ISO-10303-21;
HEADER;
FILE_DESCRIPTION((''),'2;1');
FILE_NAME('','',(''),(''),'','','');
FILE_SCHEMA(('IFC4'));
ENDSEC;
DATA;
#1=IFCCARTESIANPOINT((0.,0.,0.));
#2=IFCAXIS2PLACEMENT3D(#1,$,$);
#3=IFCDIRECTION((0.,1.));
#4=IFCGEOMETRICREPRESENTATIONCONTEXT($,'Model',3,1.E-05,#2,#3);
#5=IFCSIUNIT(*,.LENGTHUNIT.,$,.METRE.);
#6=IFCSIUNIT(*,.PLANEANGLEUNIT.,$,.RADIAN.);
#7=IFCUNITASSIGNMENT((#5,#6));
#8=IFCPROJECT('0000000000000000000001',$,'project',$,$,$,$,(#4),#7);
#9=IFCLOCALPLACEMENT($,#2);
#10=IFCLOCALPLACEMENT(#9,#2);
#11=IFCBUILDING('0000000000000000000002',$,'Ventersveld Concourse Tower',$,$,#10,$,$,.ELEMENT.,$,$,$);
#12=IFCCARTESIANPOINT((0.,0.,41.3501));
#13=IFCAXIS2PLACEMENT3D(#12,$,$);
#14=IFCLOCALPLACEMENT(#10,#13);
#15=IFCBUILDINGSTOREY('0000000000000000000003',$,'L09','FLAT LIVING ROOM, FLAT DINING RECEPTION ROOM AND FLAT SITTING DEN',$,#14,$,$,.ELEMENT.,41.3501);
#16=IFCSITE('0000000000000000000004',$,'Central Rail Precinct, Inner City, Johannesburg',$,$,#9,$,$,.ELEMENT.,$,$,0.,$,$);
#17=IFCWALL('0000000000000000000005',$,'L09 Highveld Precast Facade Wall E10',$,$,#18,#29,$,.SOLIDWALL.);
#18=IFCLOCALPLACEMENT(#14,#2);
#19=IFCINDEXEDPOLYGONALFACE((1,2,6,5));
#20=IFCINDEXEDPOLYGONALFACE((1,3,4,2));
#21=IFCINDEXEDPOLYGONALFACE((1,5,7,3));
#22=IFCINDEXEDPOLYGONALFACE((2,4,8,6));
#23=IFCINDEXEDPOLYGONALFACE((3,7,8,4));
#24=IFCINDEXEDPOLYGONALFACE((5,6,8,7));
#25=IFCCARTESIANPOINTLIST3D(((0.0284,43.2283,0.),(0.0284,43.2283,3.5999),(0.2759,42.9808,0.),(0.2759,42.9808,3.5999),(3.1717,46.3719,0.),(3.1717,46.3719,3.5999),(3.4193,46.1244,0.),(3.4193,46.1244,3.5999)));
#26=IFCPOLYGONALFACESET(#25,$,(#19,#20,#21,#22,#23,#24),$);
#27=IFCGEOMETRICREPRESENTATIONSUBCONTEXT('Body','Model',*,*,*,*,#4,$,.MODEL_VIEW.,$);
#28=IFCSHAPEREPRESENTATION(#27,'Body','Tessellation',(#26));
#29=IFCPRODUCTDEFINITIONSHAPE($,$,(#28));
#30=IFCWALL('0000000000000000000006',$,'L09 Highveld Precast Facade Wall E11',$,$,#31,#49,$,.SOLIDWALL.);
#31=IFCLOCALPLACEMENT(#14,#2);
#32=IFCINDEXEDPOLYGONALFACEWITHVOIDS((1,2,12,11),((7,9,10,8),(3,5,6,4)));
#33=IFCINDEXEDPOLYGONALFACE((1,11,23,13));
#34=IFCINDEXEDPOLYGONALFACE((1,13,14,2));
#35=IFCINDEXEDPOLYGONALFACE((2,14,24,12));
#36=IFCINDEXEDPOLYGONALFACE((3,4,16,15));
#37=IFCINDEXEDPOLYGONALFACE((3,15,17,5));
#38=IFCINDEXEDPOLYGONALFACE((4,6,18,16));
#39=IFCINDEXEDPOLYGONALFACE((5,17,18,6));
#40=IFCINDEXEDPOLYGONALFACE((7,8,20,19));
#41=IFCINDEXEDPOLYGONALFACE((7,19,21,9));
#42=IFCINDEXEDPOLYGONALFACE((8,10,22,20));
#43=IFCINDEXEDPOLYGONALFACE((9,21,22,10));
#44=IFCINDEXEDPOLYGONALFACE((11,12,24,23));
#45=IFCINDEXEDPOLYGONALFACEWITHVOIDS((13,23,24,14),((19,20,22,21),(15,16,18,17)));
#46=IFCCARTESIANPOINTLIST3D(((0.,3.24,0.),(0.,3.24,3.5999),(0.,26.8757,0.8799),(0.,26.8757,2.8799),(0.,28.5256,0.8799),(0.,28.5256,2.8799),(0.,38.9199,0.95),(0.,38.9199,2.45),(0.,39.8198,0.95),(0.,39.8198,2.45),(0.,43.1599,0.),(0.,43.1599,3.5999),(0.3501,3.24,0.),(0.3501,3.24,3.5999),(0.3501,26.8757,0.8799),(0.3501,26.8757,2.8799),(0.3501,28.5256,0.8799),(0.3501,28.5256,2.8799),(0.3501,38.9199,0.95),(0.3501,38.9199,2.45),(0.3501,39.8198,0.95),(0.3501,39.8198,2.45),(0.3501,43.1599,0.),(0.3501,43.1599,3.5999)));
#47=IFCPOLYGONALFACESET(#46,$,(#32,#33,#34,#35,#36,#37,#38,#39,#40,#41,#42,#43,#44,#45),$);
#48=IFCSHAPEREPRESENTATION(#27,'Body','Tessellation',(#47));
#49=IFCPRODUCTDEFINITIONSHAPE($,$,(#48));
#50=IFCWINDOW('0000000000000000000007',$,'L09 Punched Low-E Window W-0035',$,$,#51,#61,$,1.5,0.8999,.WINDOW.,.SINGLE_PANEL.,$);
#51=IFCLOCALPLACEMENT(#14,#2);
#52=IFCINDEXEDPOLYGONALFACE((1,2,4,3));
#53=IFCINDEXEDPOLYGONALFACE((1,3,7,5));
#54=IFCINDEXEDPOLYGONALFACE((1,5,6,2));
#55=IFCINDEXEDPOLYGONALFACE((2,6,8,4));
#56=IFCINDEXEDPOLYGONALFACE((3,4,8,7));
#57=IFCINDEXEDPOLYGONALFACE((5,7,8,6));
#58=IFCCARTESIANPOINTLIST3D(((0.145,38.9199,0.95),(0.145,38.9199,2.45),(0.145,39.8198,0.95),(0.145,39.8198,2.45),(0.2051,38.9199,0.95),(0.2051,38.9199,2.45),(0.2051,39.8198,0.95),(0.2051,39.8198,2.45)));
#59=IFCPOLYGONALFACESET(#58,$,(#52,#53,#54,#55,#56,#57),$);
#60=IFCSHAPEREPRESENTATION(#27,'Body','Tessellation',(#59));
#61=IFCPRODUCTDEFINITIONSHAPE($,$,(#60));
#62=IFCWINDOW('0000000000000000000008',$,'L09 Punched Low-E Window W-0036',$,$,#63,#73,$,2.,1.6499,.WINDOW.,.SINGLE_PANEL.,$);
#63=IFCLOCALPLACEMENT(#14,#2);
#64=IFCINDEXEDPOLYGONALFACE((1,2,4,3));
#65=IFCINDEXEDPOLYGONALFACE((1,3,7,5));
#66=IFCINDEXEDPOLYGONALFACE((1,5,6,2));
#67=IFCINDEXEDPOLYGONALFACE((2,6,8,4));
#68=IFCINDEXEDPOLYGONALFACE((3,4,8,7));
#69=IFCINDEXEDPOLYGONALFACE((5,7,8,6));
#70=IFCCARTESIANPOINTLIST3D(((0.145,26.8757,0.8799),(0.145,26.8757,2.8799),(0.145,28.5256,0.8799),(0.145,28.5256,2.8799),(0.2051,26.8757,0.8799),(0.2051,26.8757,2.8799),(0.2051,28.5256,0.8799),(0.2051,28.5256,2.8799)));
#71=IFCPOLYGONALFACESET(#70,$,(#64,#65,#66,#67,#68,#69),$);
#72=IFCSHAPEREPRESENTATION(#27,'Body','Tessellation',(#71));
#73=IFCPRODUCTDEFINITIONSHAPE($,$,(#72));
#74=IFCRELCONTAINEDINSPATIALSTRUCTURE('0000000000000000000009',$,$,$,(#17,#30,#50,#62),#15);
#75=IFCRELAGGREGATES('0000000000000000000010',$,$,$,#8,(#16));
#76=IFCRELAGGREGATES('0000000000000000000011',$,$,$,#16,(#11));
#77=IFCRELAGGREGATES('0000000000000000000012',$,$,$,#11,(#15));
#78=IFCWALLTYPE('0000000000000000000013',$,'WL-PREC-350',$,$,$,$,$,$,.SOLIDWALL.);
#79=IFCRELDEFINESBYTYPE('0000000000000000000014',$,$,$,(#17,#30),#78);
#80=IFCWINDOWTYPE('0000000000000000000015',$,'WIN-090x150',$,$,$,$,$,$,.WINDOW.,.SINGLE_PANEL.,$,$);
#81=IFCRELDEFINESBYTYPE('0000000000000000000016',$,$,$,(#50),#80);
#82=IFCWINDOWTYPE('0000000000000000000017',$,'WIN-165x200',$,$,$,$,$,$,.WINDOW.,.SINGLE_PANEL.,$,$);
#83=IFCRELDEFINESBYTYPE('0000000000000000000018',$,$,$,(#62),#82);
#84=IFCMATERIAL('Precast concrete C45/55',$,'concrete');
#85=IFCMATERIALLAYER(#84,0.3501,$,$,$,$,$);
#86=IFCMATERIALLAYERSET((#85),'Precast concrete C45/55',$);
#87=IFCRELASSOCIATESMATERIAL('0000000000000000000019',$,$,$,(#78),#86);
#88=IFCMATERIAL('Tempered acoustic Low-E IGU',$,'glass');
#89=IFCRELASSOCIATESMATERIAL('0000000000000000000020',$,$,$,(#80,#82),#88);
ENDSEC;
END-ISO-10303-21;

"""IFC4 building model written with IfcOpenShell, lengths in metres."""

from ifc_helpers import new_model, si_unit, direction, frame, frame_2d, origin, place, context, subcontext, project, spatial, rectangle, extrude, material, layer, layer_set, type_object, element, fill, save


model = new_model("IFC4")

# Units and contexts
model_context = context("Model", 3, precision=1e-05, world=origin(), true_north=direction((0.0, 1.0)))
body_context = subcontext(model_context, "Body", "Model", "MODEL_VIEW")
ifc_project = project(units=[si_unit("LENGTHUNIT", "METRE"), si_unit("PLANEANGLEUNIT", "RADIAN")], contexts=[model_context])

# Site, building, storey
site_placement = place(None, origin())
site = spatial("IfcSite", under=ifc_project, at=site_placement, Name="Central Rail Precinct, Inner City, Johannesburg", CompositionType="ELEMENT", RefElevation=0.0)
building_placement = place(site_placement, origin())
building = spatial("IfcBuilding", under=site, at=building_placement, Name="Ventersveld Concourse Tower", CompositionType="ELEMENT")
storey_placement = place(building_placement, frame((0.0, 0.0, 41.3501)))
storey = spatial("IfcBuildingStorey", under=building, at=storey_placement, Name="L09", Description="FLAT LIVING ROOM, FLAT DINING RECEPTION ROOM AND FLAT SITTING DEN", CompositionType="ELEMENT", Elevation=41.3501)

# Wall
ifc_material_1 = material(Name="Precast concrete C45/55", Category="concrete")
ifc_layer_1 = layer(ifc_material_1, 0.3501)
ifc_layer_set_1 = layer_set([ifc_layer_1], Name="Precast concrete C45/55")
wall_type_1 = type_object("IfcWallType", Name="WL-PREC-350", PredefinedType="SOLIDWALL", material=ifc_layer_set_1)
wall_1_placement = place(storey_placement, frame((3.2954, 46.248, 0.0), z_axis=(0.0, 0.0, 1.0), x_axis=(-0.707079, -0.707134, 0.0)))
element("IfcWall", 1, at=wall_1_placement, inside=storey, type_object=wall_type_1, Name="L09 Highveld Precast Facade Wall E10", PredefinedType="SOLIDWALL", context=body_context, shape_type="SweptSolid", body=[
    extrude(rectangle(XDim=4.4456, YDim=0.3501, at=frame_2d((2.2227, 0.0))), origin(), (0.0, 0.0, 1.0), 3.5999),
])

# Wall, openings, windows
wall_2_placement = place(storey_placement, frame((0.175, 43.1599, 0.0), z_axis=(0.0, 0.0, 1.0), x_axis=(0.0, -1.0, 0.0)))
wall_2 = element("IfcWall", 2, at=wall_2_placement, inside=storey, type_object=wall_type_1, Name="L09 Highveld Precast Facade Wall E11", PredefinedType="SOLIDWALL", context=body_context, shape_type="SweptSolid", body=[
    extrude(rectangle(XDim=39.9199, YDim=0.3501, at=frame_2d((19.96, 0.0))), origin(), (0.0, 0.0, 1.0), 3.5999),
])
opening_1_placement = place(wall_2_placement, frame((3.3401, 0.0, 0.95)))
opening_1 = element("IfcOpeningElement", 3, at=opening_1_placement, cuts=wall_2, PredefinedType="OPENING", context=body_context, shape_type="SweptSolid", body=[
    extrude(rectangle(XDim=0.8999, YDim=1.5, at=frame_2d((0.45, 0.75))), frame((0.0, 0.1851, 0.0), z_axis=(0.0, -1.0, 0.0), x_axis=(1.0, 0.0, 0.0)), (0.0, 0.0, 1.0), 0.3701),
])
opening_2_placement = place(wall_2_placement, frame((14.6343, 0.0, 0.8799)))
opening_2 = element("IfcOpeningElement", 4, at=opening_2_placement, cuts=wall_2, PredefinedType="OPENING", context=body_context, shape_type="SweptSolid", body=[
    extrude(rectangle(XDim=1.6499, YDim=2.0, at=frame_2d((0.825, 1.0))), frame((0.0, 0.1851, 0.0), z_axis=(0.0, -1.0, 0.0), x_axis=(1.0, 0.0, 0.0)), (0.0, 0.0, 1.0), 0.3701),
])
ifc_material_2 = material(Name="Tempered acoustic Low-E IGU", Category="glass")
window_type_1 = type_object("IfcWindowType", Name="WIN-090x150", PartitioningType="SINGLE_PANEL", PredefinedType="WINDOW", material=ifc_material_2)
window_1_placement = place(opening_1_placement, origin())
window_1 = element("IfcWindow", 5, at=window_1_placement, inside=storey, type_object=window_type_1, Name="L09 Punched Low-E Window W-0035", OverallHeight=1.5, OverallWidth=0.8999, PartitioningType="SINGLE_PANEL", PredefinedType="WINDOW", context=body_context, shape_type="SweptSolid", body=[
    extrude(rectangle(XDim=0.8999, YDim=1.5, at=frame_2d((0.45, 0.75))), frame((0.0, 0.03, 0.0), z_axis=(0.0, -1.0, 0.0), x_axis=(1.0, 0.0, 0.0)), (0.0, 0.0, 1.0), 0.0601),
])
fill(opening_1, window_1)
window_type_2 = type_object("IfcWindowType", Name="WIN-165x200", PartitioningType="SINGLE_PANEL", PredefinedType="WINDOW", material=ifc_material_2)
window_2_placement = place(opening_2_placement, origin())
window_2 = element("IfcWindow", 6, at=window_2_placement, inside=storey, type_object=window_type_2, Name="L09 Punched Low-E Window W-0036", OverallHeight=2.0, OverallWidth=1.6499, PartitioningType="SINGLE_PANEL", PredefinedType="WINDOW", context=body_context, shape_type="SweptSolid", body=[
    extrude(rectangle(XDim=1.6499, YDim=2.0, at=frame_2d((0.825, 1.0))), frame((0.0, 0.03, 0.0), z_axis=(0.0, -1.0, 0.0), x_axis=(1.0, 0.0, 0.0)), (0.0, 0.0, 1.0), 0.0601),
])
fill(opening_2, window_2)

save(model, "model.ifc")
